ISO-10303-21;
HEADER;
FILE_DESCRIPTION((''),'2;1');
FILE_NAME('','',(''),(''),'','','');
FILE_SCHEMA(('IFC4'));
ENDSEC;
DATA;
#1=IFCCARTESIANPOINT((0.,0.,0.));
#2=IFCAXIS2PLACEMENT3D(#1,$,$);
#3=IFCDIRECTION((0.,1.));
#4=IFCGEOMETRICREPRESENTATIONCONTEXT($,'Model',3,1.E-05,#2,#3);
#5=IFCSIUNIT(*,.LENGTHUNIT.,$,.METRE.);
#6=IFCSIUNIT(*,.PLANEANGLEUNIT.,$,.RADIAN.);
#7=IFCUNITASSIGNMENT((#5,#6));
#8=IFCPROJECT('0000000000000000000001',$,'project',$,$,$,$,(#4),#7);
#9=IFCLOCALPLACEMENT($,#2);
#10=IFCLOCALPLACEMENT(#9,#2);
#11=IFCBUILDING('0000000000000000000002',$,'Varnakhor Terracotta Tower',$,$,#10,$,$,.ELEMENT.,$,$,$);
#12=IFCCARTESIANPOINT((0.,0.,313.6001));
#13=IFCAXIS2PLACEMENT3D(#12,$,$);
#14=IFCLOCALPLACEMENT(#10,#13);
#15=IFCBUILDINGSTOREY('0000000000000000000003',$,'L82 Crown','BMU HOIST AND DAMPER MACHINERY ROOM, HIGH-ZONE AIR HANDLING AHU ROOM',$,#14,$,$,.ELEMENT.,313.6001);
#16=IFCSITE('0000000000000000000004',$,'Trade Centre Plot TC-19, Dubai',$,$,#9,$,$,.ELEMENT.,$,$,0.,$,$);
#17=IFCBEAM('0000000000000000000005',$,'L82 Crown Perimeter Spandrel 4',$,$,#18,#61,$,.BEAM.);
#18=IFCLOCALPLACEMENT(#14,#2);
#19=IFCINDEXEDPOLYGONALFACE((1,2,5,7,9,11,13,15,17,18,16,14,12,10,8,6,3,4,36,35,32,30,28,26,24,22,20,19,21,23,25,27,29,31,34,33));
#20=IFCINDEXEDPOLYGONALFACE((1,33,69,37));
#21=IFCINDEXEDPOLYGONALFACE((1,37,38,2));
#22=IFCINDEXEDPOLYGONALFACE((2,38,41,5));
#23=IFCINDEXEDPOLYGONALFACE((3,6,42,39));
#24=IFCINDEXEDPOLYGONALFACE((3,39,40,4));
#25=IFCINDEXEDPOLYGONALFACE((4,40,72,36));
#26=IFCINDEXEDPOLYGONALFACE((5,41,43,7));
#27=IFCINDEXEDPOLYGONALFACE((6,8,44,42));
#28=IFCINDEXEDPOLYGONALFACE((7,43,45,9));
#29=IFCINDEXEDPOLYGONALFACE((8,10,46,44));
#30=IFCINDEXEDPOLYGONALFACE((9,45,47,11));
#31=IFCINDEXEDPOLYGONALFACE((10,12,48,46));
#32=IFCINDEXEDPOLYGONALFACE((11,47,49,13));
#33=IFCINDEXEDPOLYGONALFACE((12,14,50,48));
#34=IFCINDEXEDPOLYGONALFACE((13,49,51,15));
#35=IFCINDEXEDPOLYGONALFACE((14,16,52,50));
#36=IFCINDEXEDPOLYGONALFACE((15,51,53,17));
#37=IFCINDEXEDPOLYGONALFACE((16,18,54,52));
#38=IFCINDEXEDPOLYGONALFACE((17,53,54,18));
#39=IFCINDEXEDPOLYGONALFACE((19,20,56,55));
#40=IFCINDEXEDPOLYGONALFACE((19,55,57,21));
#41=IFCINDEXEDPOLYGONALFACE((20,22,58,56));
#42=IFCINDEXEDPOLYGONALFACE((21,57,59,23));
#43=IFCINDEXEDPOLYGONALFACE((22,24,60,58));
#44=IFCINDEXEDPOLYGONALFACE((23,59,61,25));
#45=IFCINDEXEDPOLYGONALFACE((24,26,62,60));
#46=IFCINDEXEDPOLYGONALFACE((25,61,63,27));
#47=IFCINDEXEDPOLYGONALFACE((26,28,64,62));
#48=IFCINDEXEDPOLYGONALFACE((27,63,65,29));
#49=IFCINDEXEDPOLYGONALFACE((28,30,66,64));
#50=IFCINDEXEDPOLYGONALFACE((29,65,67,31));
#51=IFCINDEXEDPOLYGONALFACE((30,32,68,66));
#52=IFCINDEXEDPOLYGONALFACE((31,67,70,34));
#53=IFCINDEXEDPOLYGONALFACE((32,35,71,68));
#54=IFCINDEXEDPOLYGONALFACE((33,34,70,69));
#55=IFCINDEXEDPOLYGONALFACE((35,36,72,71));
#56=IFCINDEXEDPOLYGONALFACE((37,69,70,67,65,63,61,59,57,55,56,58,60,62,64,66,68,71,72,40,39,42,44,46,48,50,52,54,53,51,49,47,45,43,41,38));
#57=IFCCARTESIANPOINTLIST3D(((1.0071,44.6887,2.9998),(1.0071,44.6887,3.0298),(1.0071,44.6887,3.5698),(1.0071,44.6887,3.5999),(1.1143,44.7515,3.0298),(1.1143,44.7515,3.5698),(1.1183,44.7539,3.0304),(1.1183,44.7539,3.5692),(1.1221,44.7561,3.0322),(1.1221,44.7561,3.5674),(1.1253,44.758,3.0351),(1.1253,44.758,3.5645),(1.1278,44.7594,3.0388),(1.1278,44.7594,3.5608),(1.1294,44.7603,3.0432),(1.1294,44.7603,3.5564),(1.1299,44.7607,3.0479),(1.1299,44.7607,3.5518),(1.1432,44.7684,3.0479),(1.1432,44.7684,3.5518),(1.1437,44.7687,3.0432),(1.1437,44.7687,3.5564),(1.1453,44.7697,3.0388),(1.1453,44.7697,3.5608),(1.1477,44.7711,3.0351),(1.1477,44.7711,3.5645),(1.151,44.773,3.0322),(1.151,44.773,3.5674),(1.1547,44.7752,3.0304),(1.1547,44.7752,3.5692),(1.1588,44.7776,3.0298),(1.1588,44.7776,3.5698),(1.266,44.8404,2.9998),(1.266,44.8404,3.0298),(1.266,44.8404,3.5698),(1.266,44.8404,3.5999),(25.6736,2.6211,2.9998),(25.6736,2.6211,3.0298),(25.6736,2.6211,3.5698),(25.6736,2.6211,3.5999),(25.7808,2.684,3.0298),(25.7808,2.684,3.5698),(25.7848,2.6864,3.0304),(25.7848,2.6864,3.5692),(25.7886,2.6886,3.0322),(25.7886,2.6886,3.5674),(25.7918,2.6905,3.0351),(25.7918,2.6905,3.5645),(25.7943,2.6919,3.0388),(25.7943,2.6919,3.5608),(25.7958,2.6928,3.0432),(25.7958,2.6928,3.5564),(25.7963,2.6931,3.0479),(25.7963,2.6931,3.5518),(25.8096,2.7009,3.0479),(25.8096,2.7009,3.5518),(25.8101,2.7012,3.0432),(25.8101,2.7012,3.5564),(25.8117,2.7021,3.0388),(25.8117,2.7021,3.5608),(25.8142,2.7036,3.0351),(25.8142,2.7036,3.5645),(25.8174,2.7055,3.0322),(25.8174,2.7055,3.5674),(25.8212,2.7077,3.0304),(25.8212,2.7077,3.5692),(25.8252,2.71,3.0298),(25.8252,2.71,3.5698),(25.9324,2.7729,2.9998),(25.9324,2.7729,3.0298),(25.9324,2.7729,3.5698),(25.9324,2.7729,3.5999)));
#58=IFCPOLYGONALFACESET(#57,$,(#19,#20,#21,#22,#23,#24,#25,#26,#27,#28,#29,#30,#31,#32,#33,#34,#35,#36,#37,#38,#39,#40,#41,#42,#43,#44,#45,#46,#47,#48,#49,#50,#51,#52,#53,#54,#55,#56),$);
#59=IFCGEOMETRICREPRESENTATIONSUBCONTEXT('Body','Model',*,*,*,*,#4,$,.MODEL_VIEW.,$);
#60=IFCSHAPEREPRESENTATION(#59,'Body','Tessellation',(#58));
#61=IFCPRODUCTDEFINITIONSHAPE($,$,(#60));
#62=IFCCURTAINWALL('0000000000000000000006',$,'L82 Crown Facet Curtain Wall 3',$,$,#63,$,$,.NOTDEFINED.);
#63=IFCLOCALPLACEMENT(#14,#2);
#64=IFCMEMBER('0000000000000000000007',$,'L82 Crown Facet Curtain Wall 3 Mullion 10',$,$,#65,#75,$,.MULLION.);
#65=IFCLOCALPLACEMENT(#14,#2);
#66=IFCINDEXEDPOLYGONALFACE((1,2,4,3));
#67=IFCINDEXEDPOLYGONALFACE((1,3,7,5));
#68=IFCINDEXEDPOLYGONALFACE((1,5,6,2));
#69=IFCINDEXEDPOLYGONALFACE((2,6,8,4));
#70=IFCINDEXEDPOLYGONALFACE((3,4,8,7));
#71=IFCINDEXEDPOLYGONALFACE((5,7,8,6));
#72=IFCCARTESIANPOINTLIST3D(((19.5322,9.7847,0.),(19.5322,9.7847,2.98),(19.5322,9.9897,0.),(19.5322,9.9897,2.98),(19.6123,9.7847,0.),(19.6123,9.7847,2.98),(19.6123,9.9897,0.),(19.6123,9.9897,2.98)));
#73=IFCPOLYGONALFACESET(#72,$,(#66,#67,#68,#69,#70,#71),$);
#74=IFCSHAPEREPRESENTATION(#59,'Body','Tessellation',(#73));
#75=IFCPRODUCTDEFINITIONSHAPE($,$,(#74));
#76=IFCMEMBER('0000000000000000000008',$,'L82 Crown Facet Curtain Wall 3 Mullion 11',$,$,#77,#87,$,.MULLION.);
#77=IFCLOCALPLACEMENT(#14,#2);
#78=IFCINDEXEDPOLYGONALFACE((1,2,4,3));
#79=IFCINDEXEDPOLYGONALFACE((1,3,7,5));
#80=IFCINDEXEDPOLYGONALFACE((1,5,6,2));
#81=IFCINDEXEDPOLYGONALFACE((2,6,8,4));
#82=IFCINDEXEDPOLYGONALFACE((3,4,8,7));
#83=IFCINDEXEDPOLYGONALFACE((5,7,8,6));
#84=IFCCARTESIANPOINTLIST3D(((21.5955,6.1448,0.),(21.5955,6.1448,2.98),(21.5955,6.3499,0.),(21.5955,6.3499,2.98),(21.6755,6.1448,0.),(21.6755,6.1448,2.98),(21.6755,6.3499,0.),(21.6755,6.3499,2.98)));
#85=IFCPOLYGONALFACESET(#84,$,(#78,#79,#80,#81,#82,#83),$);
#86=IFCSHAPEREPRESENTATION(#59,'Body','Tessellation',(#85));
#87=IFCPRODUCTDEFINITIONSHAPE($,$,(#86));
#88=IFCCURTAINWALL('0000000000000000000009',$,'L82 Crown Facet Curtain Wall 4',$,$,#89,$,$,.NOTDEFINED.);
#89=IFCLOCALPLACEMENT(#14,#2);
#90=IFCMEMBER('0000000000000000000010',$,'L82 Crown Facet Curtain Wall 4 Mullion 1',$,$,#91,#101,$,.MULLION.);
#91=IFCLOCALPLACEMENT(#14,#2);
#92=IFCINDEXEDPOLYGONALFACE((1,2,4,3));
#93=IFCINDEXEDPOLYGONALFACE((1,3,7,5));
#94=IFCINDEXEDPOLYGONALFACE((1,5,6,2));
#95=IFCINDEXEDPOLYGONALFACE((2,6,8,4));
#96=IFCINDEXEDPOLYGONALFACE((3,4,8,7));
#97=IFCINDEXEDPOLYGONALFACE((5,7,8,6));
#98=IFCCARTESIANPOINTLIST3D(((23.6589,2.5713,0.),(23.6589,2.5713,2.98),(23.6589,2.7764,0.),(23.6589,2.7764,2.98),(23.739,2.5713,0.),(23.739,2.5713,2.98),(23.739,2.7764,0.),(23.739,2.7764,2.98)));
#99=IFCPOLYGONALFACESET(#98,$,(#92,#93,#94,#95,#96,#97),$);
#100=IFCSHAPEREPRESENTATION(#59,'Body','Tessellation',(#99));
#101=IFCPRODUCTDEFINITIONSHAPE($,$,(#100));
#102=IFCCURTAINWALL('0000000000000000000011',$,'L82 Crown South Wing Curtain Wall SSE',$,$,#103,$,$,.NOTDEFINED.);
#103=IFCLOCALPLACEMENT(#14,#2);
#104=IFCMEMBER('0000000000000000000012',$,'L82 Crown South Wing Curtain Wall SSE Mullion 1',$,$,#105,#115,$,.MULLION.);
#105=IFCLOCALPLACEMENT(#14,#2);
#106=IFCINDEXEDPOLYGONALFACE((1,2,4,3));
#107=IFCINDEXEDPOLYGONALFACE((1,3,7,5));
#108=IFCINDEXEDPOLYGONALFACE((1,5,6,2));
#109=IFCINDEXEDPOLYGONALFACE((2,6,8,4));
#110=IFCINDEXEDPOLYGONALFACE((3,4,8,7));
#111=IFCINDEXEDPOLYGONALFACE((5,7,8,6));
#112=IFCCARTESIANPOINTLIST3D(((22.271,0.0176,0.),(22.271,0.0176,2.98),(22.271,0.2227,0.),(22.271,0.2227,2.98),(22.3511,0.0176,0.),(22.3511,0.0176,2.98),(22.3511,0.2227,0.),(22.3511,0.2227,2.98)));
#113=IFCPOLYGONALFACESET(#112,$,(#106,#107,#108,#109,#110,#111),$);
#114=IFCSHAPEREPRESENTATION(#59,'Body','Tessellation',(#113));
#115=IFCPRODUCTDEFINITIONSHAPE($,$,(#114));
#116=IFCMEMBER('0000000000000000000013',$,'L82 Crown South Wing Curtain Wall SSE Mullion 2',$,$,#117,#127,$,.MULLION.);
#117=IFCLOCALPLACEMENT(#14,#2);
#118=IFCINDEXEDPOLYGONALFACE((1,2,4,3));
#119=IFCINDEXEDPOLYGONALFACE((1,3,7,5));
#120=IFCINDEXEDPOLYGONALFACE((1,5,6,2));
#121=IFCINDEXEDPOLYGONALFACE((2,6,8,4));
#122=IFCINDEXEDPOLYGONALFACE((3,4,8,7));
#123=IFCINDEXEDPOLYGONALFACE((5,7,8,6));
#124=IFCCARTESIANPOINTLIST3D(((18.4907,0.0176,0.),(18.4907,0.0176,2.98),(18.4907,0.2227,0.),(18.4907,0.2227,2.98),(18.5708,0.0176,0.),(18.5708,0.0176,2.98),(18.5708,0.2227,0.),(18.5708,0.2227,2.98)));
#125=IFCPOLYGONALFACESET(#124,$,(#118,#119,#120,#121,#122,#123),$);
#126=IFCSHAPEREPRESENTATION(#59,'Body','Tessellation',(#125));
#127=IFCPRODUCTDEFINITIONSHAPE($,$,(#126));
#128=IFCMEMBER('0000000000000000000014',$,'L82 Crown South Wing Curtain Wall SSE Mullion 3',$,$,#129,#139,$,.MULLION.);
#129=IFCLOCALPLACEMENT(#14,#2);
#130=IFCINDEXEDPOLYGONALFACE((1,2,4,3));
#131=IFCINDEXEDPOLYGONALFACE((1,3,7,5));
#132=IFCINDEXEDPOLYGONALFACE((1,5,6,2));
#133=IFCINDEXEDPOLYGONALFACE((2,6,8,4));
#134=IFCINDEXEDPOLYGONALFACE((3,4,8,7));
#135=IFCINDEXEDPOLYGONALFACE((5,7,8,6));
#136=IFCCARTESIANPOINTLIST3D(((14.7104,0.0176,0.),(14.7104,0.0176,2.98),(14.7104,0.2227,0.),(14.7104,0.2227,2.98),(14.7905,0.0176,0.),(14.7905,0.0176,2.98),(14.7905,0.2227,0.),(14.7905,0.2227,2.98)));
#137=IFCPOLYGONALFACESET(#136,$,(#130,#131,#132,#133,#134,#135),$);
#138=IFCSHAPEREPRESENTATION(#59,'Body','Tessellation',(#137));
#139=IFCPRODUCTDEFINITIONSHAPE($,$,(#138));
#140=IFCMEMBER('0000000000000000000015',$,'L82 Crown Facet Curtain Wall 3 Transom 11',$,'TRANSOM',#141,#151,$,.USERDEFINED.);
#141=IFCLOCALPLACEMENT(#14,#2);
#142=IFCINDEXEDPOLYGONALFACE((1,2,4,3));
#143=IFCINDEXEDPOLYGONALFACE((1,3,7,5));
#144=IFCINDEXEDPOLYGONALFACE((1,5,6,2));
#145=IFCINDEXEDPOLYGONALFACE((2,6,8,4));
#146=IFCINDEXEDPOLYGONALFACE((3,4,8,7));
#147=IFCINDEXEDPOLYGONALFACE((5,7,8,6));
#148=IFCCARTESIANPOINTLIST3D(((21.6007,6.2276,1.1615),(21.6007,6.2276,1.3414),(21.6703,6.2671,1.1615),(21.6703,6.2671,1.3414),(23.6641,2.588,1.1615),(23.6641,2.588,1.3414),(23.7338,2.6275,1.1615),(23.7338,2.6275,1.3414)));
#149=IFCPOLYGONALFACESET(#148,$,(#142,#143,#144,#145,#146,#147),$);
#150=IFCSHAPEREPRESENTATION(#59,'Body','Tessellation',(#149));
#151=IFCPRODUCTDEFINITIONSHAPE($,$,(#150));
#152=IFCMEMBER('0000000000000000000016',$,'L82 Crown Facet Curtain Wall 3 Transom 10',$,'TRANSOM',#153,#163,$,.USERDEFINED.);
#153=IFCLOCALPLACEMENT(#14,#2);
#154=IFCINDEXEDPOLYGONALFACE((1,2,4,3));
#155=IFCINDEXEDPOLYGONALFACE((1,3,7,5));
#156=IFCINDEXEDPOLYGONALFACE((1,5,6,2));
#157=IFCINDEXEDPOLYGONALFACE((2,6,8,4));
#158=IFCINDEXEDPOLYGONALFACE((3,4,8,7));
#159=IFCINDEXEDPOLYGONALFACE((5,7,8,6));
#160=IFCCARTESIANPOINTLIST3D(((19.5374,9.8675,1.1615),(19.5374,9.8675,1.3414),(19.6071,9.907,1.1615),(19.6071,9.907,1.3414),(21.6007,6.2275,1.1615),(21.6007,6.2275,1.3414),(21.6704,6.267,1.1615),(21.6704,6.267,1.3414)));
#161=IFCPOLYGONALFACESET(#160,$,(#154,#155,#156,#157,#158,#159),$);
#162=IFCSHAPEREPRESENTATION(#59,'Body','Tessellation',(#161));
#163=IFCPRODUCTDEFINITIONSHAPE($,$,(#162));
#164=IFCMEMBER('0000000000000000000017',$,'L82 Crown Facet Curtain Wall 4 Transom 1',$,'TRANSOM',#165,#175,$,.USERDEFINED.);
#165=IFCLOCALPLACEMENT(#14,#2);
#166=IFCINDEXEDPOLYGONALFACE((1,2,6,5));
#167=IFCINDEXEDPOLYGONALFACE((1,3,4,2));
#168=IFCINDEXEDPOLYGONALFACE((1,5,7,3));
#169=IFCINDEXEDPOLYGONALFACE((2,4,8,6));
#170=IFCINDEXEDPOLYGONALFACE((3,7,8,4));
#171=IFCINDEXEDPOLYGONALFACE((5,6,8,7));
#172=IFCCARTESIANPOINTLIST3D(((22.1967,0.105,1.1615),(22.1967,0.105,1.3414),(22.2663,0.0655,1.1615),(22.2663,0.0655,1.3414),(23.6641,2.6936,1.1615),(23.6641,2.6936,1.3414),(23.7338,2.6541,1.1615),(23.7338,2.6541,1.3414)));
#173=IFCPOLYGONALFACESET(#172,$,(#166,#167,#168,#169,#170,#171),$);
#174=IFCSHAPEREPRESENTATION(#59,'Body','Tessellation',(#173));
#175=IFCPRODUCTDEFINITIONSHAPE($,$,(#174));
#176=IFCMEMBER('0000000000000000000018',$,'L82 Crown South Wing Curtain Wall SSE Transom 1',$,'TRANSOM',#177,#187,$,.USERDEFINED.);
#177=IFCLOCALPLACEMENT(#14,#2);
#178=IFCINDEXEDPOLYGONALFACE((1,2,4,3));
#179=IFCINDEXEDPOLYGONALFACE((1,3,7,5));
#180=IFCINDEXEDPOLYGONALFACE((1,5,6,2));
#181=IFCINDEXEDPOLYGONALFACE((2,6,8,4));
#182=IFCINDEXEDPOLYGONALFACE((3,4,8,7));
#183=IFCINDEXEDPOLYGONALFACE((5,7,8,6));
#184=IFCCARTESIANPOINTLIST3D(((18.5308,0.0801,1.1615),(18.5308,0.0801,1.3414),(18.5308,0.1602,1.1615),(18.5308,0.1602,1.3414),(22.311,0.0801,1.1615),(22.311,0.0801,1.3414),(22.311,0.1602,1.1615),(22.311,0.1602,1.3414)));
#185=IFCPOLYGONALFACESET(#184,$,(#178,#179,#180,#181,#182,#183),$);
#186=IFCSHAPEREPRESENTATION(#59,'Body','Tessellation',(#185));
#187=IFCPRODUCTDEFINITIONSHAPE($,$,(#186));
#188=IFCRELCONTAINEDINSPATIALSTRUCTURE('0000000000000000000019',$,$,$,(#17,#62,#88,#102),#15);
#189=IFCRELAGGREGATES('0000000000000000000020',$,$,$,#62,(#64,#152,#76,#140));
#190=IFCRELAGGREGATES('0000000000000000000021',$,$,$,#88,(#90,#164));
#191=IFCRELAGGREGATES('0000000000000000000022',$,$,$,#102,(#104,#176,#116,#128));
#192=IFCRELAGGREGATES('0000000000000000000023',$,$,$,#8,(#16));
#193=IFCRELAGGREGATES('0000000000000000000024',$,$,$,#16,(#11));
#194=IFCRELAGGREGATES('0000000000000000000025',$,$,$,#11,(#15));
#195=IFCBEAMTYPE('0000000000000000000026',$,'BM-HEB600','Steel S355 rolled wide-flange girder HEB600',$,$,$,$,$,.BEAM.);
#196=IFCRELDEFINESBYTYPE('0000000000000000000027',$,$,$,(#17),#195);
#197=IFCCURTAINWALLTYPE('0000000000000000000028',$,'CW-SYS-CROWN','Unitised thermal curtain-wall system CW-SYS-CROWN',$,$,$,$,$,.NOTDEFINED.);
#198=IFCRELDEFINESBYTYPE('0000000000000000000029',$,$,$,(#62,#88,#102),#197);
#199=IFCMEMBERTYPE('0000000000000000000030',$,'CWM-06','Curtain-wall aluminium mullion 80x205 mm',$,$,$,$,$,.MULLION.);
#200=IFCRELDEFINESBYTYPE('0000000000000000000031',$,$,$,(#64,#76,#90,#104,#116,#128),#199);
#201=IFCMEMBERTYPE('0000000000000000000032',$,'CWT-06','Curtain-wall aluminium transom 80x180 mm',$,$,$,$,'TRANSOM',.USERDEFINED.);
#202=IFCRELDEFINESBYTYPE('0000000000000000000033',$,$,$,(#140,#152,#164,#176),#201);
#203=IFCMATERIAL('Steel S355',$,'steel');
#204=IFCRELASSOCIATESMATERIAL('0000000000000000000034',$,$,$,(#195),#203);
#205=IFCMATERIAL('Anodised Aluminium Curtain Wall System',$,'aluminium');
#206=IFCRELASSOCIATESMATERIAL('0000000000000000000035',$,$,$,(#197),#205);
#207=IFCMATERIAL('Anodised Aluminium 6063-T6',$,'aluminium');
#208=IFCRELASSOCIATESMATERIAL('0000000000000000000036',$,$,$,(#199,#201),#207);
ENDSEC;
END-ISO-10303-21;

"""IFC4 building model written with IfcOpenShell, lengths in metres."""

from ifc_helpers import new_model, si_unit, direction, frame, origin, origin_2d, place, context, subcontext, project, spatial, rectangle, i_section, extrude, source, transform, mapped, material, material_profile, profile_set, type_object, type_shapes, element, aggregate, save


model = new_model("IFC4")

# Units and contexts
model_context = context("Model", 3, precision=1e-05, world=origin(), true_north=direction((0.0, 1.0)))
body_context = subcontext(model_context, "Body", "Model", "MODEL_VIEW")
ifc_project = project(units=[si_unit("LENGTHUNIT", "METRE"), si_unit("PLANEANGLEUNIT", "RADIAN")], contexts=[model_context])

# Site, building, storey
site_placement = place(None, origin())
site = spatial("IfcSite", under=ifc_project, at=site_placement, Name="Trade Centre Plot TC-19, Dubai", CompositionType="ELEMENT", RefElevation=0.0)
building_placement = place(site_placement, origin())
building = spatial("IfcBuilding", under=site, at=building_placement, Name="Varnakhor Terracotta Tower", CompositionType="ELEMENT")
storey_placement = place(building_placement, frame((0.0, 0.0, 313.6001)))
storey = spatial("IfcBuildingStorey", under=building, at=storey_placement, Name="L82 Crown", Description="BMU HOIST AND DAMPER MACHINERY ROOM, HIGH-ZONE AIR HANDLING AHU ROOM", CompositionType="ELEMENT", Elevation=313.6001)

# Shared definitions
ifc_material_1 = material(Name="Steel S355", Category="steel")

# Beam
ifc_material_profile_1 = material_profile(ifc_material_1, i_section(OverallWidth=0.3, OverallDepth=0.6001, WebThickness=0.0154, FlangeThickness=0.03, FilletRadius=0.0181, at=origin_2d()), Name="HEB600")
ifc_profile_set_1 = profile_set([ifc_material_profile_1], Name="Steel S355")
beam_type = type_object("IfcBeamType", Name="BM-HEB600", Description="Steel S355 rolled wide-flange girder HEB600", PredefinedType="BEAM", material=ifc_profile_set_1)
shared_shape_1 = source(origin(), body_context, "Body", "SweptSolid", [
    extrude(i_section(OverallWidth=0.3, OverallDepth=0.6001, WebThickness=0.0154, FlangeThickness=0.03, FilletRadius=0.0181, at=origin_2d()), origin(), (0.0, 0.0, 1.0), 48.7659),
])
beam_1_placement = place(storey_placement, frame((25.803, 2.697, 3.2998), z_axis=(-0.505814, 0.862643, 0.0), x_axis=(-0.862643, -0.505814, 0.0)))
element("IfcBeam", 1, at=beam_1_placement, inside=storey, type_object=beam_type, Name="L82 Crown Perimeter Spandrel 4", PredefinedType="BEAM", context=body_context, shape_type="MappedRepresentation", body=[
    mapped(shared_shape_1, transform((0.0, 0.0, 0.0), scale=1.0)),
])

# Curtain wall, members
ifc_material_2 = material(Name="Anodised Aluminium Curtain Wall System", Category="aluminium")
curtain_wall_type = type_object("IfcCurtainWallType", Name="CW-SYS-CROWN", Description="Unitised thermal curtain-wall system CW-SYS-CROWN", PredefinedType="NOTDEFINED", material=ifc_material_2)
curtain_wall_1_placement = place(storey_placement, origin())
curtain_wall_1 = element("IfcCurtainWall", 2, at=curtain_wall_1_placement, inside=storey, type_object=curtain_wall_type, Name="L82 Crown Facet Curtain Wall 3", PredefinedType="NOTDEFINED")
ifc_material_3 = material(Name="Anodised Aluminium 6063-T6", Category="aluminium")
ifc_material_profile_2 = material_profile(ifc_material_3, rectangle(XDim=0.0801, YDim=0.2051, at=origin_2d()), Name="ALU MULLION 80x205")
ifc_profile_set_2 = profile_set([ifc_material_profile_2], Name="Anodised Aluminium 6063-T6")
member_type_1 = type_object("IfcMemberType", Name="CWM-06", Description="Curtain-wall aluminium mullion 80x205 mm", PredefinedType="MULLION", material=ifc_profile_set_2)
shared_shape_2 = source(origin(), body_context, "Body", "SweptSolid", [
    extrude(rectangle(XDim=0.0801, YDim=0.2051, at=origin_2d()), origin(), (0.0, 0.0, 1.0), 2.98),
])
type_shapes(member_type_1, [shared_shape_2])
member_1_placement = place(storey_placement, frame((19.5723, 9.8872, 0.0), z_axis=(0.0, 0.0, 1.0), x_axis=(1.0, 0.0, 0.0)))
member_1 = element("IfcMember", 3, at=member_1_placement, type_object=member_type_1, Name="L82 Crown Facet Curtain Wall 3 Mullion 10", PredefinedType="MULLION", context=body_context, shape_type="MappedRepresentation", body=[
    mapped(shared_shape_2, transform((0.0, 0.0, 0.0), scale=1.0)),
])
member_2_placement = place(storey_placement, frame((21.6355, 6.2473, 0.0), z_axis=(0.0, 0.0, 1.0), x_axis=(1.0, 0.0, 0.0)))
member_2 = element("IfcMember", 4, at=member_2_placement, type_object=member_type_1, Name="L82 Crown Facet Curtain Wall 3 Mullion 11", PredefinedType="MULLION", context=body_context, shape_type="MappedRepresentation", body=[
    mapped(shared_shape_2, transform((0.0, 0.0, 0.0), scale=1.0)),
])

# Curtain wall, member
curtain_wall_2_placement = place(storey_placement, origin())
curtain_wall_2 = element("IfcCurtainWall", 5, at=curtain_wall_2_placement, inside=storey, type_object=curtain_wall_type, Name="L82 Crown Facet Curtain Wall 4", PredefinedType="NOTDEFINED")
member_3_placement = place(storey_placement, frame((23.699, 2.6738, 0.0), z_axis=(0.0, 0.0, 1.0), x_axis=(1.0, 0.0, 0.0)))
member_3 = element("IfcMember", 6, at=member_3_placement, type_object=member_type_1, Name="L82 Crown Facet Curtain Wall 4 Mullion 1", PredefinedType="MULLION", context=body_context, shape_type="MappedRepresentation", body=[
    mapped(shared_shape_2, transform((0.0, 0.0, 0.0), scale=1.0)),
])

# Curtain wall, members
curtain_wall_3_placement = place(storey_placement, origin())
curtain_wall_3 = element("IfcCurtainWall", 7, at=curtain_wall_3_placement, inside=storey, type_object=curtain_wall_type, Name="L82 Crown South Wing Curtain Wall SSE", PredefinedType="NOTDEFINED")
member_4_placement = place(storey_placement, frame((22.311, 0.1201, 0.0), z_axis=(0.0, 0.0, 1.0), x_axis=(1.0, 0.0, 0.0)))
member_4 = element("IfcMember", 8, at=member_4_placement, type_object=member_type_1, Name="L82 Crown South Wing Curtain Wall SSE Mullion 1", PredefinedType="MULLION", context=body_context, shape_type="MappedRepresentation", body=[
    mapped(shared_shape_2, transform((0.0, 0.0, 0.0), scale=1.0)),
])
member_5_placement = place(storey_placement, frame((18.5308, 0.1201, 0.0), z_axis=(0.0, 0.0, 1.0), x_axis=(1.0, 0.0, 0.0)))
member_5 = element("IfcMember", 9, at=member_5_placement, type_object=member_type_1, Name="L82 Crown South Wing Curtain Wall SSE Mullion 2", PredefinedType="MULLION", context=body_context, shape_type="MappedRepresentation", body=[
    mapped(shared_shape_2, transform((0.0, 0.0, 0.0), scale=1.0)),
])
member_6_placement = place(storey_placement, frame((14.7505, 0.1201, 0.0), z_axis=(0.0, 0.0, 1.0), x_axis=(1.0, 0.0, 0.0)))
member_6 = element("IfcMember", 10, at=member_6_placement, type_object=member_type_1, Name="L82 Crown South Wing Curtain Wall SSE Mullion 3", PredefinedType="MULLION", context=body_context, shape_type="MappedRepresentation", body=[
    mapped(shared_shape_2, transform((0.0, 0.0, 0.0), scale=1.0)),
])

# Members
ifc_material_profile_3 = material_profile(ifc_material_3, rectangle(XDim=0.0801, YDim=0.1799, at=origin_2d()), Name="ALU TRANSOM 80x180")
ifc_profile_set_3 = profile_set([ifc_material_profile_3], Name="Anodised Aluminium 6063-T6")
member_type_2 = type_object("IfcMemberType", Name="CWT-06", Description="Curtain-wall aluminium transom 80x180 mm", ElementType="TRANSOM", PredefinedType="USERDEFINED", material=ifc_profile_set_3)
shared_shape_3 = source(origin(), body_context, "Body", "SweptSolid", [
    extrude(rectangle(XDim=0.0801, YDim=0.1799, at=origin_2d()), origin(), (0.0, 0.0, 1.0), 4.1838),
])
member_7_placement = place(storey_placement, frame((21.6355, 6.2473, 1.2515), z_axis=(0.493195, -0.869919, 0.0), x_axis=(0.869919, 0.493195, 0.0)))
member_7 = element("IfcMember", 11, at=member_7_placement, type_object=member_type_2, Name="L82 Crown Facet Curtain Wall 3 Transom 11", ObjectType="TRANSOM", PredefinedType="USERDEFINED", context=body_context, shape_type="MappedRepresentation", body=[
    mapped(shared_shape_3, transform((0.0, 0.0, 0.0), scale=1.0)),
])
shared_shape_4 = source(origin(), body_context, "Body", "SweptSolid", [
    extrude(rectangle(XDim=0.0801, YDim=0.1799, at=origin_2d()), origin(), (0.0, 0.0, 1.0), 4.1841),
])
member_8_placement = place(storey_placement, frame((19.5723, 9.8872, 1.2515), z_axis=(0.493126, -0.869958, 0.0), x_axis=(0.869958, 0.493126, 0.0)))
member_8 = element("IfcMember", 12, at=member_8_placement, type_object=member_type_2, Name="L82 Crown Facet Curtain Wall 3 Transom 10", ObjectType="TRANSOM", PredefinedType="USERDEFINED", context=body_context, shape_type="MappedRepresentation", body=[
    mapped(shared_shape_4, transform((0.0, 0.0, 0.0), scale=1.0)),
])
shared_shape_5 = source(origin(), body_context, "Body", "SweptSolid", [
    extrude(rectangle(XDim=0.0801, YDim=0.1799, at=origin_2d()), origin(), (0.0, 0.0, 1.0), 2.9756),
])
member_9_placement = place(storey_placement, frame((23.699, 2.6738, 1.2515), z_axis=(-0.493176, -0.869929, 0.0), x_axis=(0.869929, -0.493176, 0.0)))
member_9 = element("IfcMember", 13, at=member_9_placement, type_object=member_type_2, Name="L82 Crown Facet Curtain Wall 4 Transom 1", ObjectType="TRANSOM", PredefinedType="USERDEFINED", context=body_context, shape_type="MappedRepresentation", body=[
    mapped(shared_shape_5, transform((0.0, 0.0, 0.0), scale=1.0)),
])
shared_shape_6 = source(origin(), body_context, "Body", "SweptSolid", [
    extrude(rectangle(XDim=0.0801, YDim=0.1799, at=origin_2d()), origin(), (0.0, 0.0, 1.0), 3.7803),
])
member_10_placement = place(storey_placement, frame((22.311, 0.1201, 1.2515), z_axis=(-1.0, 0.0, 0.0), x_axis=(0.0, -1.0, 0.0)))
member_10 = element("IfcMember", 14, at=member_10_placement, type_object=member_type_2, Name="L82 Crown South Wing Curtain Wall SSE Transom 1", ObjectType="TRANSOM", PredefinedType="USERDEFINED", context=body_context, shape_type="MappedRepresentation", body=[
    mapped(shared_shape_6, transform((0.0, 0.0, 0.0), scale=1.0)),
])

aggregate(curtain_wall_1, [member_1, member_8, member_2, member_7])
aggregate(curtain_wall_2, [member_3, member_9])
aggregate(curtain_wall_3, [member_4, member_10, member_5, member_6])

save(model, "model.ifc")
